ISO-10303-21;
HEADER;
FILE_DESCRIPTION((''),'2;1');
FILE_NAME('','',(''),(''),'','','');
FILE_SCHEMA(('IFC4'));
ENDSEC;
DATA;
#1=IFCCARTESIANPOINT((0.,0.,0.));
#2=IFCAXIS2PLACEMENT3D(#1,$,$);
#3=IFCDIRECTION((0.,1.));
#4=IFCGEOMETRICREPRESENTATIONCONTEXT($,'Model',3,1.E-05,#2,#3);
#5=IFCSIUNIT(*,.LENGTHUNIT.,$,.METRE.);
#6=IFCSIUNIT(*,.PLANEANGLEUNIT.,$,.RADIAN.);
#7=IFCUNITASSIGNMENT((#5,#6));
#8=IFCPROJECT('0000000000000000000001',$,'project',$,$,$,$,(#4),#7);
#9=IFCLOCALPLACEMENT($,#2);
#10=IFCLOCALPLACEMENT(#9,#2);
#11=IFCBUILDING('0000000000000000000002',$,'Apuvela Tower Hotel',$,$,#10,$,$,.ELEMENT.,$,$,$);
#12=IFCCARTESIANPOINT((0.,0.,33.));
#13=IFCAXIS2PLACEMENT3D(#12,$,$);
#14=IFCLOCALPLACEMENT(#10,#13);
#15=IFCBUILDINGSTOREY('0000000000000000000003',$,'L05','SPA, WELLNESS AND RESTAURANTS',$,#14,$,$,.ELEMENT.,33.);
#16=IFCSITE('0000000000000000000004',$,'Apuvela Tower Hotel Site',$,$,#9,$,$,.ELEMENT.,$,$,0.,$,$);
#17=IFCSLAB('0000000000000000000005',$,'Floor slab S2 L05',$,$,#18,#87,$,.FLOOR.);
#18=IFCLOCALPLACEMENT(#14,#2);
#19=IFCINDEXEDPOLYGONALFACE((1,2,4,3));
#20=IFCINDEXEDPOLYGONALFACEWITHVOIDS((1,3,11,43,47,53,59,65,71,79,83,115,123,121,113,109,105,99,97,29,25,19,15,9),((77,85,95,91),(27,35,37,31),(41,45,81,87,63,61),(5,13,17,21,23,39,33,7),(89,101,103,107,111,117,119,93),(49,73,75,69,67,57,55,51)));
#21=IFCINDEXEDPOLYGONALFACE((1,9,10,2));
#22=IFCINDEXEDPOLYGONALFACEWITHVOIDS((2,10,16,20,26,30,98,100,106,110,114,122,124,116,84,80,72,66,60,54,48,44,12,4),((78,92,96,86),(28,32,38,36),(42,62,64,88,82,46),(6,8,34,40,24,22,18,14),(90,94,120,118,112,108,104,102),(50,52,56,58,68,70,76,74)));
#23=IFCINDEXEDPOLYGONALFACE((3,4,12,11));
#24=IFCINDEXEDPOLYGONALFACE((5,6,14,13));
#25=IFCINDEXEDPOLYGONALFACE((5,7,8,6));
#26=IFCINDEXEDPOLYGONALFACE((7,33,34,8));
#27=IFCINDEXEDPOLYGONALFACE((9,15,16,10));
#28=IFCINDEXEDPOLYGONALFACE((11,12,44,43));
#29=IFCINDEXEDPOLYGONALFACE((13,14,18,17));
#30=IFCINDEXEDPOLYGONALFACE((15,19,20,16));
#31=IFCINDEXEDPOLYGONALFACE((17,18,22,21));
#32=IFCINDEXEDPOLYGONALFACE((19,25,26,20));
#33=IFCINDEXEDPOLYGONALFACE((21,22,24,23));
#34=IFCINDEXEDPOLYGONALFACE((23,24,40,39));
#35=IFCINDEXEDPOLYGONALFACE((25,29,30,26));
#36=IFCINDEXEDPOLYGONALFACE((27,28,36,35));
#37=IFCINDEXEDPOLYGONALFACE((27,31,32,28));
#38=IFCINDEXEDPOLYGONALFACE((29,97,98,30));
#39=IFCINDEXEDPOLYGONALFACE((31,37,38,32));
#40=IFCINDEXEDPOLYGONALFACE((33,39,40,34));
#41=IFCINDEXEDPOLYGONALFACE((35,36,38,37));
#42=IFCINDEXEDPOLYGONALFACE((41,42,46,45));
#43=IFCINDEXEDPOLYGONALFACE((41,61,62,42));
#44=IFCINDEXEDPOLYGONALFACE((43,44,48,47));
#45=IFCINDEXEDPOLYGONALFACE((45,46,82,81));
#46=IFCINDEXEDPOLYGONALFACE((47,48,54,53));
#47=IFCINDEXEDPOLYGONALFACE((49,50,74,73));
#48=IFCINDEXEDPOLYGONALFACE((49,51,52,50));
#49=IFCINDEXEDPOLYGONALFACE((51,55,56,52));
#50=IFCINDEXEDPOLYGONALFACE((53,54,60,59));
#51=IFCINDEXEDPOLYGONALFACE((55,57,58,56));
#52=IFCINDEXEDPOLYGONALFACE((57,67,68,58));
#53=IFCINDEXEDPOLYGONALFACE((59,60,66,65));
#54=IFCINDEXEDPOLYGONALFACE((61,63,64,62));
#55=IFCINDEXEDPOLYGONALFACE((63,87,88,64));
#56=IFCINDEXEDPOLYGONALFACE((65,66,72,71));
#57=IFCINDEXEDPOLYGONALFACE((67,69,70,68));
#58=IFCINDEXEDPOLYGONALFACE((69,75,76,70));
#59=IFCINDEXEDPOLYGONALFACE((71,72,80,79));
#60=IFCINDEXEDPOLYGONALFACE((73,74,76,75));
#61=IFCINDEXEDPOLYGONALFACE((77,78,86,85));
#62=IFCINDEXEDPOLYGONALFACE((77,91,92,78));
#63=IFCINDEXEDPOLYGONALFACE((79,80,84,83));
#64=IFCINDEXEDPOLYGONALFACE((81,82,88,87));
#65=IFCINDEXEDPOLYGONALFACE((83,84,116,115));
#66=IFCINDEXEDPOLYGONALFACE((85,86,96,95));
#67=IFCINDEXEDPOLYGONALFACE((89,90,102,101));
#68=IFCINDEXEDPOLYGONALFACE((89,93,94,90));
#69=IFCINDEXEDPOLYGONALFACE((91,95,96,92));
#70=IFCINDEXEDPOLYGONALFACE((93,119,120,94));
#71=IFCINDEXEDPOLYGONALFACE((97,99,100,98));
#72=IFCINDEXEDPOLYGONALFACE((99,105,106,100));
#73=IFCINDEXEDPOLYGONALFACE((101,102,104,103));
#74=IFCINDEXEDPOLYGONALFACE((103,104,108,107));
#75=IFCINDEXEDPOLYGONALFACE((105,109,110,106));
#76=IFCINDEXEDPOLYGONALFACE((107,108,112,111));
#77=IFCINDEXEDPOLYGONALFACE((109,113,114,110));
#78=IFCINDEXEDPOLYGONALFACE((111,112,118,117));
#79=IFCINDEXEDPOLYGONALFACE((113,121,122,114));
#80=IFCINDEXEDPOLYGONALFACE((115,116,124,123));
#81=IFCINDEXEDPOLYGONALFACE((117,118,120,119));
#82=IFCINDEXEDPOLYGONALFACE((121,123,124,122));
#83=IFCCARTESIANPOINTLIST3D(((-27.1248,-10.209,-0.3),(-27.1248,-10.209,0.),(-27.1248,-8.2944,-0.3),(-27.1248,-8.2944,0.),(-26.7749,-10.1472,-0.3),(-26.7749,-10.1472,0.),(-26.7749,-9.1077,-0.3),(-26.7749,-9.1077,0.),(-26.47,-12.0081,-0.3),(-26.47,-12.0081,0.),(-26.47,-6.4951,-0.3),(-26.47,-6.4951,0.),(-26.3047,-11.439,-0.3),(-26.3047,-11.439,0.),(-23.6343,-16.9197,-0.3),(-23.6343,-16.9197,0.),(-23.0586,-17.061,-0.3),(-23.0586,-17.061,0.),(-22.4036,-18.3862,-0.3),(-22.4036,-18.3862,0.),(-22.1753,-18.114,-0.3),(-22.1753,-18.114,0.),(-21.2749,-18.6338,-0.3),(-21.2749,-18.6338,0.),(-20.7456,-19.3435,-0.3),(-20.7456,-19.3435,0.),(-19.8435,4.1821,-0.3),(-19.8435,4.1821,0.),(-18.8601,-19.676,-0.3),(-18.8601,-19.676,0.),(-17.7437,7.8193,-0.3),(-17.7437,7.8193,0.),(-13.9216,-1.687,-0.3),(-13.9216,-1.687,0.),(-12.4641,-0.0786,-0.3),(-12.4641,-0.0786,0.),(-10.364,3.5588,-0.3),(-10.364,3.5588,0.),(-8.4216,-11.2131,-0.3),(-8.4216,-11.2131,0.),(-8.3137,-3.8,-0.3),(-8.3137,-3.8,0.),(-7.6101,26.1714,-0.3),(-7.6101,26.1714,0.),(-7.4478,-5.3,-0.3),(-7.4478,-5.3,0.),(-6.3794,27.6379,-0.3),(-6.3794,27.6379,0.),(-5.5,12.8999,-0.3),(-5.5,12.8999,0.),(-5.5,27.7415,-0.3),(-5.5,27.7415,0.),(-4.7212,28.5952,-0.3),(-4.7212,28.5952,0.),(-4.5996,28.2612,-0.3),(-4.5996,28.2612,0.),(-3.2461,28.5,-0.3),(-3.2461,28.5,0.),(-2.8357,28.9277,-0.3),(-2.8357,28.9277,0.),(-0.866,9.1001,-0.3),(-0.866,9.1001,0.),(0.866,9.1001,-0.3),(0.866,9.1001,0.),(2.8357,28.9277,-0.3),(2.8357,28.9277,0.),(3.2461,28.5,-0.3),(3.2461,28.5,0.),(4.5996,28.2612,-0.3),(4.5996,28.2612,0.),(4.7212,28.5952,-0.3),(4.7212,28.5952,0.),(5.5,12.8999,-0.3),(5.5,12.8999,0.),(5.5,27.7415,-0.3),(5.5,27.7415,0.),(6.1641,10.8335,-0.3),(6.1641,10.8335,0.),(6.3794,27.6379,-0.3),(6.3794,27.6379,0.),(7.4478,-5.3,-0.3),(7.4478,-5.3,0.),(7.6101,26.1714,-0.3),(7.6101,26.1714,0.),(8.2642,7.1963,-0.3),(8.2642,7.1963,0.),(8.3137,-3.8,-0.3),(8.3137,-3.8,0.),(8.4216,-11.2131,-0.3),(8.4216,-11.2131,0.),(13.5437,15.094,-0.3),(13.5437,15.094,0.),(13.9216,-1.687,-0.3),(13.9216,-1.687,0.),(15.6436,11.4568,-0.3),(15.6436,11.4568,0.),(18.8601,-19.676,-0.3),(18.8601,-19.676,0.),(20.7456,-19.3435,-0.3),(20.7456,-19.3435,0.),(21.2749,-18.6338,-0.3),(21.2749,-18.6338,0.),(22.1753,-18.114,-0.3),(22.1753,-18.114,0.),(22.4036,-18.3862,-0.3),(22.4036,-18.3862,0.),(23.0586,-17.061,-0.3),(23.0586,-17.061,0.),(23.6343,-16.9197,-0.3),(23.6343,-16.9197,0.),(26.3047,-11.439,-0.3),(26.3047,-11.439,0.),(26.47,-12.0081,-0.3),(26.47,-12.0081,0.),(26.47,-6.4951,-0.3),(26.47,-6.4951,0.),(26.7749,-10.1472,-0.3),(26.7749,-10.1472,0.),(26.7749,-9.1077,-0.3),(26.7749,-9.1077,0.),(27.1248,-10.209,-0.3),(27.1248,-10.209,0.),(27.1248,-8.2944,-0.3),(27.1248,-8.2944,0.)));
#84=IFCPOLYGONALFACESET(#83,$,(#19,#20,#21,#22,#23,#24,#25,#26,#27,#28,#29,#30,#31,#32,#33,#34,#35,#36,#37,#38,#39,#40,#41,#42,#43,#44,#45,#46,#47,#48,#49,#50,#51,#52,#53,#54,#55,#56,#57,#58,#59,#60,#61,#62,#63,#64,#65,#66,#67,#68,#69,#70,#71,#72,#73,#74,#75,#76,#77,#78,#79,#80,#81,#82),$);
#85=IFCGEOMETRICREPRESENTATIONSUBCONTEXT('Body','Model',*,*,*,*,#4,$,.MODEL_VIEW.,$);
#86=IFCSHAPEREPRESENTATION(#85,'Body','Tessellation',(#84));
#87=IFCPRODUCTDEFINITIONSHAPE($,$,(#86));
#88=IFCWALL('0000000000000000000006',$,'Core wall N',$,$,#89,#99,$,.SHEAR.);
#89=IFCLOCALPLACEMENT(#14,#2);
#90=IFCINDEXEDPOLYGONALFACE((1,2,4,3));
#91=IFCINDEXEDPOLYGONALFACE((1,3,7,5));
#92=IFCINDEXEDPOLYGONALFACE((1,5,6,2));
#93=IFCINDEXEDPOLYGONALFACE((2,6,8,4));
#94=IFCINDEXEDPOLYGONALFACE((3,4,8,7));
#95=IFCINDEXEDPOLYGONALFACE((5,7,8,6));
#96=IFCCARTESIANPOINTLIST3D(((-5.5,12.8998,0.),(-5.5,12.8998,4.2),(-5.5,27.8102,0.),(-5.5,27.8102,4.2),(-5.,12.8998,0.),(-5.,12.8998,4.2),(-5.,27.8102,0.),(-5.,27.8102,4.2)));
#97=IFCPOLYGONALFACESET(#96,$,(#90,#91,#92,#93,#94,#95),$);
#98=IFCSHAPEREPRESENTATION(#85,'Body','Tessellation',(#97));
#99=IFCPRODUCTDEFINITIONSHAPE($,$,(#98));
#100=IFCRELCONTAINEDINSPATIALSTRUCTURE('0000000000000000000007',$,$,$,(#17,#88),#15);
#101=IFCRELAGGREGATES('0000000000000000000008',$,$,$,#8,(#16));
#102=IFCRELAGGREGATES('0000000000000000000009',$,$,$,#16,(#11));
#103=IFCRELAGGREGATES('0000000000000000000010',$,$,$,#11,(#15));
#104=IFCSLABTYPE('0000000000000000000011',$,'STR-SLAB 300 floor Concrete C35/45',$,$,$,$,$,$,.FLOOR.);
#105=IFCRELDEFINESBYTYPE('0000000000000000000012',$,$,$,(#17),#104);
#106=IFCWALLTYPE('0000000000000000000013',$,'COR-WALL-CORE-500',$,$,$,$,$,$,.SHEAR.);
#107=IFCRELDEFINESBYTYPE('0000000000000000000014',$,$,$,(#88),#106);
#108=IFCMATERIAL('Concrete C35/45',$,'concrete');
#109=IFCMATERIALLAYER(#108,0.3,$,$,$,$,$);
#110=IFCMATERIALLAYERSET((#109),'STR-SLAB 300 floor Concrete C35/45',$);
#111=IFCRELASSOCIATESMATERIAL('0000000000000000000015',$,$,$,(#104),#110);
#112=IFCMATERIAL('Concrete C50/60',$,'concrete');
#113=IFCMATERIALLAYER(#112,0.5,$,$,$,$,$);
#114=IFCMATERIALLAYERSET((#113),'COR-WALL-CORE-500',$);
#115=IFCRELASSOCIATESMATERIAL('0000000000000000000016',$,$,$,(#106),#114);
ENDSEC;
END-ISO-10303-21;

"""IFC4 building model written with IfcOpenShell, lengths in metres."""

from ifc_helpers import new_model, si_unit, direction, frame, frame_2d, origin, place, context, subcontext, project, spatial, polyline, rectangle, outline, extrude, material, layer, layer_set, type_object, element, save


model = new_model("IFC4")

# Units and contexts
model_context = context("Model", 3, precision=1e-05, world=origin(), true_north=direction((0.0, 1.0)))
body_context = subcontext(model_context, "Body", "Model", "MODEL_VIEW")
ifc_project = project(units=[si_unit("LENGTHUNIT", "METRE"), si_unit("PLANEANGLEUNIT", "RADIAN")], contexts=[model_context])

# Site, building, storey
site_placement = place(None, origin())
site = spatial("IfcSite", under=ifc_project, at=site_placement, Name="Apuvela Tower Hotel Site", CompositionType="ELEMENT", RefElevation=0.0)
building_placement = place(site_placement, origin())
building = spatial("IfcBuilding", under=site, at=building_placement, Name="Apuvela Tower Hotel", CompositionType="ELEMENT")
storey_placement = place(building_placement, frame((0.0, 0.0, 33.0)))
storey = spatial("IfcBuildingStorey", under=building, at=storey_placement, Name="L05", Description="SPA, WELLNESS AND RESTAURANTS", CompositionType="ELEMENT", Elevation=33.0)

# Shared definitions
ifc_material_1 = material(Name="Concrete C50/60", Category="concrete")

# Slab
ifc_material_2 = material(Name="Concrete C35/45", Category="concrete")
ifc_layer_1 = layer(ifc_material_2, 0.3)
ifc_layer_set_1 = layer_set([ifc_layer_1], Name="STR-SLAB 300 floor Concrete C35/45")
slab_type_1 = type_object("IfcSlabType", Name="STR-SLAB 300 floor Concrete C35/45", PredefinedType="FLOOR", material=ifc_layer_set_1)
slab_1_placement = place(storey_placement, frame((0.0, 0.0, -0.3)))
element("IfcSlab", 1, at=slab_1_placement, inside=storey, type_object=slab_type_1, Name="Floor slab S2 L05", PredefinedType="FLOOR", context=body_context, shape_type="SweptSolid", body=[
    extrude(outline(polyline([(7.6101, 26.1714), (6.3794, 27.6379), (4.7212, 28.5952), (2.8357, 28.9277), (-2.8357, 28.9277), (-4.7212, 28.5952), (-6.3794, 27.6379), (-7.6101, 26.1714), (-26.47, -6.4951), (-27.1248, -8.2944), (-27.1248, -10.209), (-26.47, -12.0081), (-23.6343, -16.9197), (-22.4036, -18.3862), (-20.7456, -19.3435), (-18.8601, -19.676), (18.8601, -19.676), (20.7456, -19.3435), (22.4036, -18.3862), (23.6343, -16.9197), (26.47, -12.0081), (27.1248, -10.209), (27.1248, -8.2944), (26.47, -6.4951), (7.6101, 26.1714)]), holes=[polyline([(0.866, 9.1001), (-0.866, 9.1001), (-8.3137, -3.8), (-7.4478, -5.3), (7.4478, -5.3), (8.3137, -3.8), (0.866, 9.1001)]), polyline([(-5.5, 12.8999), (-5.5, 27.7415), (-4.5996, 28.2612), (-3.2461, 28.5), (3.2461, 28.5), (4.5996, 28.2612), (5.5, 27.7415), (5.5, 12.8999), (-5.5, 12.8999)]), polyline([(-8.4216, -11.2131), (-21.2749, -18.6338), (-22.1753, -18.114), (-23.0586, -17.061), (-26.3047, -11.439), (-26.7749, -10.1472), (-26.7749, -9.1077), (-13.9216, -1.687), (-8.4216, -11.2131)]), polyline([(13.9216, -1.687), (26.7749, -9.1077), (26.7749, -10.1472), (26.3047, -11.439), (23.0586, -17.061), (22.1753, -18.114), (21.2749, -18.6338), (8.4216, -11.2131), (13.9216, -1.687)]), polyline([(8.2642, 7.1963), (6.1641, 10.8335), (13.5437, 15.094), (15.6436, 11.4568), (8.2642, 7.1963)]), polyline([(-12.4641, -0.0786), (-19.8435, 4.1821), (-17.7437, 7.8193), (-10.364, 3.5588), (-12.4641, -0.0786)])]), origin(), (0.0, 0.0, 1.0), 0.3),
])

# Wall
ifc_layer_2 = layer(ifc_material_1, 0.5)
ifc_layer_set_2 = layer_set([ifc_layer_2], Name="COR-WALL-CORE-500")
wall_type_1 = type_object("IfcWallType", Name="COR-WALL-CORE-500", PredefinedType="SHEAR", material=ifc_layer_set_2)
wall_1_placement = place(storey_placement, frame((-5.25, 12.8999, 0.0), z_axis=(0.0, 0.0, 1.0), x_axis=(0.0, 1.0, 0.0)))
element("IfcWall", 2, at=wall_1_placement, inside=storey, type_object=wall_type_1, Name="Core wall N", PredefinedType="SHEAR", context=body_context, shape_type="SweptSolid", body=[
    extrude(rectangle(XDim=14.9104, YDim=0.5, at=frame_2d((7.4551, 0.0))), origin(), (0.0, 0.0, 1.0), 4.2),
])

save(model, "model.ifc")
